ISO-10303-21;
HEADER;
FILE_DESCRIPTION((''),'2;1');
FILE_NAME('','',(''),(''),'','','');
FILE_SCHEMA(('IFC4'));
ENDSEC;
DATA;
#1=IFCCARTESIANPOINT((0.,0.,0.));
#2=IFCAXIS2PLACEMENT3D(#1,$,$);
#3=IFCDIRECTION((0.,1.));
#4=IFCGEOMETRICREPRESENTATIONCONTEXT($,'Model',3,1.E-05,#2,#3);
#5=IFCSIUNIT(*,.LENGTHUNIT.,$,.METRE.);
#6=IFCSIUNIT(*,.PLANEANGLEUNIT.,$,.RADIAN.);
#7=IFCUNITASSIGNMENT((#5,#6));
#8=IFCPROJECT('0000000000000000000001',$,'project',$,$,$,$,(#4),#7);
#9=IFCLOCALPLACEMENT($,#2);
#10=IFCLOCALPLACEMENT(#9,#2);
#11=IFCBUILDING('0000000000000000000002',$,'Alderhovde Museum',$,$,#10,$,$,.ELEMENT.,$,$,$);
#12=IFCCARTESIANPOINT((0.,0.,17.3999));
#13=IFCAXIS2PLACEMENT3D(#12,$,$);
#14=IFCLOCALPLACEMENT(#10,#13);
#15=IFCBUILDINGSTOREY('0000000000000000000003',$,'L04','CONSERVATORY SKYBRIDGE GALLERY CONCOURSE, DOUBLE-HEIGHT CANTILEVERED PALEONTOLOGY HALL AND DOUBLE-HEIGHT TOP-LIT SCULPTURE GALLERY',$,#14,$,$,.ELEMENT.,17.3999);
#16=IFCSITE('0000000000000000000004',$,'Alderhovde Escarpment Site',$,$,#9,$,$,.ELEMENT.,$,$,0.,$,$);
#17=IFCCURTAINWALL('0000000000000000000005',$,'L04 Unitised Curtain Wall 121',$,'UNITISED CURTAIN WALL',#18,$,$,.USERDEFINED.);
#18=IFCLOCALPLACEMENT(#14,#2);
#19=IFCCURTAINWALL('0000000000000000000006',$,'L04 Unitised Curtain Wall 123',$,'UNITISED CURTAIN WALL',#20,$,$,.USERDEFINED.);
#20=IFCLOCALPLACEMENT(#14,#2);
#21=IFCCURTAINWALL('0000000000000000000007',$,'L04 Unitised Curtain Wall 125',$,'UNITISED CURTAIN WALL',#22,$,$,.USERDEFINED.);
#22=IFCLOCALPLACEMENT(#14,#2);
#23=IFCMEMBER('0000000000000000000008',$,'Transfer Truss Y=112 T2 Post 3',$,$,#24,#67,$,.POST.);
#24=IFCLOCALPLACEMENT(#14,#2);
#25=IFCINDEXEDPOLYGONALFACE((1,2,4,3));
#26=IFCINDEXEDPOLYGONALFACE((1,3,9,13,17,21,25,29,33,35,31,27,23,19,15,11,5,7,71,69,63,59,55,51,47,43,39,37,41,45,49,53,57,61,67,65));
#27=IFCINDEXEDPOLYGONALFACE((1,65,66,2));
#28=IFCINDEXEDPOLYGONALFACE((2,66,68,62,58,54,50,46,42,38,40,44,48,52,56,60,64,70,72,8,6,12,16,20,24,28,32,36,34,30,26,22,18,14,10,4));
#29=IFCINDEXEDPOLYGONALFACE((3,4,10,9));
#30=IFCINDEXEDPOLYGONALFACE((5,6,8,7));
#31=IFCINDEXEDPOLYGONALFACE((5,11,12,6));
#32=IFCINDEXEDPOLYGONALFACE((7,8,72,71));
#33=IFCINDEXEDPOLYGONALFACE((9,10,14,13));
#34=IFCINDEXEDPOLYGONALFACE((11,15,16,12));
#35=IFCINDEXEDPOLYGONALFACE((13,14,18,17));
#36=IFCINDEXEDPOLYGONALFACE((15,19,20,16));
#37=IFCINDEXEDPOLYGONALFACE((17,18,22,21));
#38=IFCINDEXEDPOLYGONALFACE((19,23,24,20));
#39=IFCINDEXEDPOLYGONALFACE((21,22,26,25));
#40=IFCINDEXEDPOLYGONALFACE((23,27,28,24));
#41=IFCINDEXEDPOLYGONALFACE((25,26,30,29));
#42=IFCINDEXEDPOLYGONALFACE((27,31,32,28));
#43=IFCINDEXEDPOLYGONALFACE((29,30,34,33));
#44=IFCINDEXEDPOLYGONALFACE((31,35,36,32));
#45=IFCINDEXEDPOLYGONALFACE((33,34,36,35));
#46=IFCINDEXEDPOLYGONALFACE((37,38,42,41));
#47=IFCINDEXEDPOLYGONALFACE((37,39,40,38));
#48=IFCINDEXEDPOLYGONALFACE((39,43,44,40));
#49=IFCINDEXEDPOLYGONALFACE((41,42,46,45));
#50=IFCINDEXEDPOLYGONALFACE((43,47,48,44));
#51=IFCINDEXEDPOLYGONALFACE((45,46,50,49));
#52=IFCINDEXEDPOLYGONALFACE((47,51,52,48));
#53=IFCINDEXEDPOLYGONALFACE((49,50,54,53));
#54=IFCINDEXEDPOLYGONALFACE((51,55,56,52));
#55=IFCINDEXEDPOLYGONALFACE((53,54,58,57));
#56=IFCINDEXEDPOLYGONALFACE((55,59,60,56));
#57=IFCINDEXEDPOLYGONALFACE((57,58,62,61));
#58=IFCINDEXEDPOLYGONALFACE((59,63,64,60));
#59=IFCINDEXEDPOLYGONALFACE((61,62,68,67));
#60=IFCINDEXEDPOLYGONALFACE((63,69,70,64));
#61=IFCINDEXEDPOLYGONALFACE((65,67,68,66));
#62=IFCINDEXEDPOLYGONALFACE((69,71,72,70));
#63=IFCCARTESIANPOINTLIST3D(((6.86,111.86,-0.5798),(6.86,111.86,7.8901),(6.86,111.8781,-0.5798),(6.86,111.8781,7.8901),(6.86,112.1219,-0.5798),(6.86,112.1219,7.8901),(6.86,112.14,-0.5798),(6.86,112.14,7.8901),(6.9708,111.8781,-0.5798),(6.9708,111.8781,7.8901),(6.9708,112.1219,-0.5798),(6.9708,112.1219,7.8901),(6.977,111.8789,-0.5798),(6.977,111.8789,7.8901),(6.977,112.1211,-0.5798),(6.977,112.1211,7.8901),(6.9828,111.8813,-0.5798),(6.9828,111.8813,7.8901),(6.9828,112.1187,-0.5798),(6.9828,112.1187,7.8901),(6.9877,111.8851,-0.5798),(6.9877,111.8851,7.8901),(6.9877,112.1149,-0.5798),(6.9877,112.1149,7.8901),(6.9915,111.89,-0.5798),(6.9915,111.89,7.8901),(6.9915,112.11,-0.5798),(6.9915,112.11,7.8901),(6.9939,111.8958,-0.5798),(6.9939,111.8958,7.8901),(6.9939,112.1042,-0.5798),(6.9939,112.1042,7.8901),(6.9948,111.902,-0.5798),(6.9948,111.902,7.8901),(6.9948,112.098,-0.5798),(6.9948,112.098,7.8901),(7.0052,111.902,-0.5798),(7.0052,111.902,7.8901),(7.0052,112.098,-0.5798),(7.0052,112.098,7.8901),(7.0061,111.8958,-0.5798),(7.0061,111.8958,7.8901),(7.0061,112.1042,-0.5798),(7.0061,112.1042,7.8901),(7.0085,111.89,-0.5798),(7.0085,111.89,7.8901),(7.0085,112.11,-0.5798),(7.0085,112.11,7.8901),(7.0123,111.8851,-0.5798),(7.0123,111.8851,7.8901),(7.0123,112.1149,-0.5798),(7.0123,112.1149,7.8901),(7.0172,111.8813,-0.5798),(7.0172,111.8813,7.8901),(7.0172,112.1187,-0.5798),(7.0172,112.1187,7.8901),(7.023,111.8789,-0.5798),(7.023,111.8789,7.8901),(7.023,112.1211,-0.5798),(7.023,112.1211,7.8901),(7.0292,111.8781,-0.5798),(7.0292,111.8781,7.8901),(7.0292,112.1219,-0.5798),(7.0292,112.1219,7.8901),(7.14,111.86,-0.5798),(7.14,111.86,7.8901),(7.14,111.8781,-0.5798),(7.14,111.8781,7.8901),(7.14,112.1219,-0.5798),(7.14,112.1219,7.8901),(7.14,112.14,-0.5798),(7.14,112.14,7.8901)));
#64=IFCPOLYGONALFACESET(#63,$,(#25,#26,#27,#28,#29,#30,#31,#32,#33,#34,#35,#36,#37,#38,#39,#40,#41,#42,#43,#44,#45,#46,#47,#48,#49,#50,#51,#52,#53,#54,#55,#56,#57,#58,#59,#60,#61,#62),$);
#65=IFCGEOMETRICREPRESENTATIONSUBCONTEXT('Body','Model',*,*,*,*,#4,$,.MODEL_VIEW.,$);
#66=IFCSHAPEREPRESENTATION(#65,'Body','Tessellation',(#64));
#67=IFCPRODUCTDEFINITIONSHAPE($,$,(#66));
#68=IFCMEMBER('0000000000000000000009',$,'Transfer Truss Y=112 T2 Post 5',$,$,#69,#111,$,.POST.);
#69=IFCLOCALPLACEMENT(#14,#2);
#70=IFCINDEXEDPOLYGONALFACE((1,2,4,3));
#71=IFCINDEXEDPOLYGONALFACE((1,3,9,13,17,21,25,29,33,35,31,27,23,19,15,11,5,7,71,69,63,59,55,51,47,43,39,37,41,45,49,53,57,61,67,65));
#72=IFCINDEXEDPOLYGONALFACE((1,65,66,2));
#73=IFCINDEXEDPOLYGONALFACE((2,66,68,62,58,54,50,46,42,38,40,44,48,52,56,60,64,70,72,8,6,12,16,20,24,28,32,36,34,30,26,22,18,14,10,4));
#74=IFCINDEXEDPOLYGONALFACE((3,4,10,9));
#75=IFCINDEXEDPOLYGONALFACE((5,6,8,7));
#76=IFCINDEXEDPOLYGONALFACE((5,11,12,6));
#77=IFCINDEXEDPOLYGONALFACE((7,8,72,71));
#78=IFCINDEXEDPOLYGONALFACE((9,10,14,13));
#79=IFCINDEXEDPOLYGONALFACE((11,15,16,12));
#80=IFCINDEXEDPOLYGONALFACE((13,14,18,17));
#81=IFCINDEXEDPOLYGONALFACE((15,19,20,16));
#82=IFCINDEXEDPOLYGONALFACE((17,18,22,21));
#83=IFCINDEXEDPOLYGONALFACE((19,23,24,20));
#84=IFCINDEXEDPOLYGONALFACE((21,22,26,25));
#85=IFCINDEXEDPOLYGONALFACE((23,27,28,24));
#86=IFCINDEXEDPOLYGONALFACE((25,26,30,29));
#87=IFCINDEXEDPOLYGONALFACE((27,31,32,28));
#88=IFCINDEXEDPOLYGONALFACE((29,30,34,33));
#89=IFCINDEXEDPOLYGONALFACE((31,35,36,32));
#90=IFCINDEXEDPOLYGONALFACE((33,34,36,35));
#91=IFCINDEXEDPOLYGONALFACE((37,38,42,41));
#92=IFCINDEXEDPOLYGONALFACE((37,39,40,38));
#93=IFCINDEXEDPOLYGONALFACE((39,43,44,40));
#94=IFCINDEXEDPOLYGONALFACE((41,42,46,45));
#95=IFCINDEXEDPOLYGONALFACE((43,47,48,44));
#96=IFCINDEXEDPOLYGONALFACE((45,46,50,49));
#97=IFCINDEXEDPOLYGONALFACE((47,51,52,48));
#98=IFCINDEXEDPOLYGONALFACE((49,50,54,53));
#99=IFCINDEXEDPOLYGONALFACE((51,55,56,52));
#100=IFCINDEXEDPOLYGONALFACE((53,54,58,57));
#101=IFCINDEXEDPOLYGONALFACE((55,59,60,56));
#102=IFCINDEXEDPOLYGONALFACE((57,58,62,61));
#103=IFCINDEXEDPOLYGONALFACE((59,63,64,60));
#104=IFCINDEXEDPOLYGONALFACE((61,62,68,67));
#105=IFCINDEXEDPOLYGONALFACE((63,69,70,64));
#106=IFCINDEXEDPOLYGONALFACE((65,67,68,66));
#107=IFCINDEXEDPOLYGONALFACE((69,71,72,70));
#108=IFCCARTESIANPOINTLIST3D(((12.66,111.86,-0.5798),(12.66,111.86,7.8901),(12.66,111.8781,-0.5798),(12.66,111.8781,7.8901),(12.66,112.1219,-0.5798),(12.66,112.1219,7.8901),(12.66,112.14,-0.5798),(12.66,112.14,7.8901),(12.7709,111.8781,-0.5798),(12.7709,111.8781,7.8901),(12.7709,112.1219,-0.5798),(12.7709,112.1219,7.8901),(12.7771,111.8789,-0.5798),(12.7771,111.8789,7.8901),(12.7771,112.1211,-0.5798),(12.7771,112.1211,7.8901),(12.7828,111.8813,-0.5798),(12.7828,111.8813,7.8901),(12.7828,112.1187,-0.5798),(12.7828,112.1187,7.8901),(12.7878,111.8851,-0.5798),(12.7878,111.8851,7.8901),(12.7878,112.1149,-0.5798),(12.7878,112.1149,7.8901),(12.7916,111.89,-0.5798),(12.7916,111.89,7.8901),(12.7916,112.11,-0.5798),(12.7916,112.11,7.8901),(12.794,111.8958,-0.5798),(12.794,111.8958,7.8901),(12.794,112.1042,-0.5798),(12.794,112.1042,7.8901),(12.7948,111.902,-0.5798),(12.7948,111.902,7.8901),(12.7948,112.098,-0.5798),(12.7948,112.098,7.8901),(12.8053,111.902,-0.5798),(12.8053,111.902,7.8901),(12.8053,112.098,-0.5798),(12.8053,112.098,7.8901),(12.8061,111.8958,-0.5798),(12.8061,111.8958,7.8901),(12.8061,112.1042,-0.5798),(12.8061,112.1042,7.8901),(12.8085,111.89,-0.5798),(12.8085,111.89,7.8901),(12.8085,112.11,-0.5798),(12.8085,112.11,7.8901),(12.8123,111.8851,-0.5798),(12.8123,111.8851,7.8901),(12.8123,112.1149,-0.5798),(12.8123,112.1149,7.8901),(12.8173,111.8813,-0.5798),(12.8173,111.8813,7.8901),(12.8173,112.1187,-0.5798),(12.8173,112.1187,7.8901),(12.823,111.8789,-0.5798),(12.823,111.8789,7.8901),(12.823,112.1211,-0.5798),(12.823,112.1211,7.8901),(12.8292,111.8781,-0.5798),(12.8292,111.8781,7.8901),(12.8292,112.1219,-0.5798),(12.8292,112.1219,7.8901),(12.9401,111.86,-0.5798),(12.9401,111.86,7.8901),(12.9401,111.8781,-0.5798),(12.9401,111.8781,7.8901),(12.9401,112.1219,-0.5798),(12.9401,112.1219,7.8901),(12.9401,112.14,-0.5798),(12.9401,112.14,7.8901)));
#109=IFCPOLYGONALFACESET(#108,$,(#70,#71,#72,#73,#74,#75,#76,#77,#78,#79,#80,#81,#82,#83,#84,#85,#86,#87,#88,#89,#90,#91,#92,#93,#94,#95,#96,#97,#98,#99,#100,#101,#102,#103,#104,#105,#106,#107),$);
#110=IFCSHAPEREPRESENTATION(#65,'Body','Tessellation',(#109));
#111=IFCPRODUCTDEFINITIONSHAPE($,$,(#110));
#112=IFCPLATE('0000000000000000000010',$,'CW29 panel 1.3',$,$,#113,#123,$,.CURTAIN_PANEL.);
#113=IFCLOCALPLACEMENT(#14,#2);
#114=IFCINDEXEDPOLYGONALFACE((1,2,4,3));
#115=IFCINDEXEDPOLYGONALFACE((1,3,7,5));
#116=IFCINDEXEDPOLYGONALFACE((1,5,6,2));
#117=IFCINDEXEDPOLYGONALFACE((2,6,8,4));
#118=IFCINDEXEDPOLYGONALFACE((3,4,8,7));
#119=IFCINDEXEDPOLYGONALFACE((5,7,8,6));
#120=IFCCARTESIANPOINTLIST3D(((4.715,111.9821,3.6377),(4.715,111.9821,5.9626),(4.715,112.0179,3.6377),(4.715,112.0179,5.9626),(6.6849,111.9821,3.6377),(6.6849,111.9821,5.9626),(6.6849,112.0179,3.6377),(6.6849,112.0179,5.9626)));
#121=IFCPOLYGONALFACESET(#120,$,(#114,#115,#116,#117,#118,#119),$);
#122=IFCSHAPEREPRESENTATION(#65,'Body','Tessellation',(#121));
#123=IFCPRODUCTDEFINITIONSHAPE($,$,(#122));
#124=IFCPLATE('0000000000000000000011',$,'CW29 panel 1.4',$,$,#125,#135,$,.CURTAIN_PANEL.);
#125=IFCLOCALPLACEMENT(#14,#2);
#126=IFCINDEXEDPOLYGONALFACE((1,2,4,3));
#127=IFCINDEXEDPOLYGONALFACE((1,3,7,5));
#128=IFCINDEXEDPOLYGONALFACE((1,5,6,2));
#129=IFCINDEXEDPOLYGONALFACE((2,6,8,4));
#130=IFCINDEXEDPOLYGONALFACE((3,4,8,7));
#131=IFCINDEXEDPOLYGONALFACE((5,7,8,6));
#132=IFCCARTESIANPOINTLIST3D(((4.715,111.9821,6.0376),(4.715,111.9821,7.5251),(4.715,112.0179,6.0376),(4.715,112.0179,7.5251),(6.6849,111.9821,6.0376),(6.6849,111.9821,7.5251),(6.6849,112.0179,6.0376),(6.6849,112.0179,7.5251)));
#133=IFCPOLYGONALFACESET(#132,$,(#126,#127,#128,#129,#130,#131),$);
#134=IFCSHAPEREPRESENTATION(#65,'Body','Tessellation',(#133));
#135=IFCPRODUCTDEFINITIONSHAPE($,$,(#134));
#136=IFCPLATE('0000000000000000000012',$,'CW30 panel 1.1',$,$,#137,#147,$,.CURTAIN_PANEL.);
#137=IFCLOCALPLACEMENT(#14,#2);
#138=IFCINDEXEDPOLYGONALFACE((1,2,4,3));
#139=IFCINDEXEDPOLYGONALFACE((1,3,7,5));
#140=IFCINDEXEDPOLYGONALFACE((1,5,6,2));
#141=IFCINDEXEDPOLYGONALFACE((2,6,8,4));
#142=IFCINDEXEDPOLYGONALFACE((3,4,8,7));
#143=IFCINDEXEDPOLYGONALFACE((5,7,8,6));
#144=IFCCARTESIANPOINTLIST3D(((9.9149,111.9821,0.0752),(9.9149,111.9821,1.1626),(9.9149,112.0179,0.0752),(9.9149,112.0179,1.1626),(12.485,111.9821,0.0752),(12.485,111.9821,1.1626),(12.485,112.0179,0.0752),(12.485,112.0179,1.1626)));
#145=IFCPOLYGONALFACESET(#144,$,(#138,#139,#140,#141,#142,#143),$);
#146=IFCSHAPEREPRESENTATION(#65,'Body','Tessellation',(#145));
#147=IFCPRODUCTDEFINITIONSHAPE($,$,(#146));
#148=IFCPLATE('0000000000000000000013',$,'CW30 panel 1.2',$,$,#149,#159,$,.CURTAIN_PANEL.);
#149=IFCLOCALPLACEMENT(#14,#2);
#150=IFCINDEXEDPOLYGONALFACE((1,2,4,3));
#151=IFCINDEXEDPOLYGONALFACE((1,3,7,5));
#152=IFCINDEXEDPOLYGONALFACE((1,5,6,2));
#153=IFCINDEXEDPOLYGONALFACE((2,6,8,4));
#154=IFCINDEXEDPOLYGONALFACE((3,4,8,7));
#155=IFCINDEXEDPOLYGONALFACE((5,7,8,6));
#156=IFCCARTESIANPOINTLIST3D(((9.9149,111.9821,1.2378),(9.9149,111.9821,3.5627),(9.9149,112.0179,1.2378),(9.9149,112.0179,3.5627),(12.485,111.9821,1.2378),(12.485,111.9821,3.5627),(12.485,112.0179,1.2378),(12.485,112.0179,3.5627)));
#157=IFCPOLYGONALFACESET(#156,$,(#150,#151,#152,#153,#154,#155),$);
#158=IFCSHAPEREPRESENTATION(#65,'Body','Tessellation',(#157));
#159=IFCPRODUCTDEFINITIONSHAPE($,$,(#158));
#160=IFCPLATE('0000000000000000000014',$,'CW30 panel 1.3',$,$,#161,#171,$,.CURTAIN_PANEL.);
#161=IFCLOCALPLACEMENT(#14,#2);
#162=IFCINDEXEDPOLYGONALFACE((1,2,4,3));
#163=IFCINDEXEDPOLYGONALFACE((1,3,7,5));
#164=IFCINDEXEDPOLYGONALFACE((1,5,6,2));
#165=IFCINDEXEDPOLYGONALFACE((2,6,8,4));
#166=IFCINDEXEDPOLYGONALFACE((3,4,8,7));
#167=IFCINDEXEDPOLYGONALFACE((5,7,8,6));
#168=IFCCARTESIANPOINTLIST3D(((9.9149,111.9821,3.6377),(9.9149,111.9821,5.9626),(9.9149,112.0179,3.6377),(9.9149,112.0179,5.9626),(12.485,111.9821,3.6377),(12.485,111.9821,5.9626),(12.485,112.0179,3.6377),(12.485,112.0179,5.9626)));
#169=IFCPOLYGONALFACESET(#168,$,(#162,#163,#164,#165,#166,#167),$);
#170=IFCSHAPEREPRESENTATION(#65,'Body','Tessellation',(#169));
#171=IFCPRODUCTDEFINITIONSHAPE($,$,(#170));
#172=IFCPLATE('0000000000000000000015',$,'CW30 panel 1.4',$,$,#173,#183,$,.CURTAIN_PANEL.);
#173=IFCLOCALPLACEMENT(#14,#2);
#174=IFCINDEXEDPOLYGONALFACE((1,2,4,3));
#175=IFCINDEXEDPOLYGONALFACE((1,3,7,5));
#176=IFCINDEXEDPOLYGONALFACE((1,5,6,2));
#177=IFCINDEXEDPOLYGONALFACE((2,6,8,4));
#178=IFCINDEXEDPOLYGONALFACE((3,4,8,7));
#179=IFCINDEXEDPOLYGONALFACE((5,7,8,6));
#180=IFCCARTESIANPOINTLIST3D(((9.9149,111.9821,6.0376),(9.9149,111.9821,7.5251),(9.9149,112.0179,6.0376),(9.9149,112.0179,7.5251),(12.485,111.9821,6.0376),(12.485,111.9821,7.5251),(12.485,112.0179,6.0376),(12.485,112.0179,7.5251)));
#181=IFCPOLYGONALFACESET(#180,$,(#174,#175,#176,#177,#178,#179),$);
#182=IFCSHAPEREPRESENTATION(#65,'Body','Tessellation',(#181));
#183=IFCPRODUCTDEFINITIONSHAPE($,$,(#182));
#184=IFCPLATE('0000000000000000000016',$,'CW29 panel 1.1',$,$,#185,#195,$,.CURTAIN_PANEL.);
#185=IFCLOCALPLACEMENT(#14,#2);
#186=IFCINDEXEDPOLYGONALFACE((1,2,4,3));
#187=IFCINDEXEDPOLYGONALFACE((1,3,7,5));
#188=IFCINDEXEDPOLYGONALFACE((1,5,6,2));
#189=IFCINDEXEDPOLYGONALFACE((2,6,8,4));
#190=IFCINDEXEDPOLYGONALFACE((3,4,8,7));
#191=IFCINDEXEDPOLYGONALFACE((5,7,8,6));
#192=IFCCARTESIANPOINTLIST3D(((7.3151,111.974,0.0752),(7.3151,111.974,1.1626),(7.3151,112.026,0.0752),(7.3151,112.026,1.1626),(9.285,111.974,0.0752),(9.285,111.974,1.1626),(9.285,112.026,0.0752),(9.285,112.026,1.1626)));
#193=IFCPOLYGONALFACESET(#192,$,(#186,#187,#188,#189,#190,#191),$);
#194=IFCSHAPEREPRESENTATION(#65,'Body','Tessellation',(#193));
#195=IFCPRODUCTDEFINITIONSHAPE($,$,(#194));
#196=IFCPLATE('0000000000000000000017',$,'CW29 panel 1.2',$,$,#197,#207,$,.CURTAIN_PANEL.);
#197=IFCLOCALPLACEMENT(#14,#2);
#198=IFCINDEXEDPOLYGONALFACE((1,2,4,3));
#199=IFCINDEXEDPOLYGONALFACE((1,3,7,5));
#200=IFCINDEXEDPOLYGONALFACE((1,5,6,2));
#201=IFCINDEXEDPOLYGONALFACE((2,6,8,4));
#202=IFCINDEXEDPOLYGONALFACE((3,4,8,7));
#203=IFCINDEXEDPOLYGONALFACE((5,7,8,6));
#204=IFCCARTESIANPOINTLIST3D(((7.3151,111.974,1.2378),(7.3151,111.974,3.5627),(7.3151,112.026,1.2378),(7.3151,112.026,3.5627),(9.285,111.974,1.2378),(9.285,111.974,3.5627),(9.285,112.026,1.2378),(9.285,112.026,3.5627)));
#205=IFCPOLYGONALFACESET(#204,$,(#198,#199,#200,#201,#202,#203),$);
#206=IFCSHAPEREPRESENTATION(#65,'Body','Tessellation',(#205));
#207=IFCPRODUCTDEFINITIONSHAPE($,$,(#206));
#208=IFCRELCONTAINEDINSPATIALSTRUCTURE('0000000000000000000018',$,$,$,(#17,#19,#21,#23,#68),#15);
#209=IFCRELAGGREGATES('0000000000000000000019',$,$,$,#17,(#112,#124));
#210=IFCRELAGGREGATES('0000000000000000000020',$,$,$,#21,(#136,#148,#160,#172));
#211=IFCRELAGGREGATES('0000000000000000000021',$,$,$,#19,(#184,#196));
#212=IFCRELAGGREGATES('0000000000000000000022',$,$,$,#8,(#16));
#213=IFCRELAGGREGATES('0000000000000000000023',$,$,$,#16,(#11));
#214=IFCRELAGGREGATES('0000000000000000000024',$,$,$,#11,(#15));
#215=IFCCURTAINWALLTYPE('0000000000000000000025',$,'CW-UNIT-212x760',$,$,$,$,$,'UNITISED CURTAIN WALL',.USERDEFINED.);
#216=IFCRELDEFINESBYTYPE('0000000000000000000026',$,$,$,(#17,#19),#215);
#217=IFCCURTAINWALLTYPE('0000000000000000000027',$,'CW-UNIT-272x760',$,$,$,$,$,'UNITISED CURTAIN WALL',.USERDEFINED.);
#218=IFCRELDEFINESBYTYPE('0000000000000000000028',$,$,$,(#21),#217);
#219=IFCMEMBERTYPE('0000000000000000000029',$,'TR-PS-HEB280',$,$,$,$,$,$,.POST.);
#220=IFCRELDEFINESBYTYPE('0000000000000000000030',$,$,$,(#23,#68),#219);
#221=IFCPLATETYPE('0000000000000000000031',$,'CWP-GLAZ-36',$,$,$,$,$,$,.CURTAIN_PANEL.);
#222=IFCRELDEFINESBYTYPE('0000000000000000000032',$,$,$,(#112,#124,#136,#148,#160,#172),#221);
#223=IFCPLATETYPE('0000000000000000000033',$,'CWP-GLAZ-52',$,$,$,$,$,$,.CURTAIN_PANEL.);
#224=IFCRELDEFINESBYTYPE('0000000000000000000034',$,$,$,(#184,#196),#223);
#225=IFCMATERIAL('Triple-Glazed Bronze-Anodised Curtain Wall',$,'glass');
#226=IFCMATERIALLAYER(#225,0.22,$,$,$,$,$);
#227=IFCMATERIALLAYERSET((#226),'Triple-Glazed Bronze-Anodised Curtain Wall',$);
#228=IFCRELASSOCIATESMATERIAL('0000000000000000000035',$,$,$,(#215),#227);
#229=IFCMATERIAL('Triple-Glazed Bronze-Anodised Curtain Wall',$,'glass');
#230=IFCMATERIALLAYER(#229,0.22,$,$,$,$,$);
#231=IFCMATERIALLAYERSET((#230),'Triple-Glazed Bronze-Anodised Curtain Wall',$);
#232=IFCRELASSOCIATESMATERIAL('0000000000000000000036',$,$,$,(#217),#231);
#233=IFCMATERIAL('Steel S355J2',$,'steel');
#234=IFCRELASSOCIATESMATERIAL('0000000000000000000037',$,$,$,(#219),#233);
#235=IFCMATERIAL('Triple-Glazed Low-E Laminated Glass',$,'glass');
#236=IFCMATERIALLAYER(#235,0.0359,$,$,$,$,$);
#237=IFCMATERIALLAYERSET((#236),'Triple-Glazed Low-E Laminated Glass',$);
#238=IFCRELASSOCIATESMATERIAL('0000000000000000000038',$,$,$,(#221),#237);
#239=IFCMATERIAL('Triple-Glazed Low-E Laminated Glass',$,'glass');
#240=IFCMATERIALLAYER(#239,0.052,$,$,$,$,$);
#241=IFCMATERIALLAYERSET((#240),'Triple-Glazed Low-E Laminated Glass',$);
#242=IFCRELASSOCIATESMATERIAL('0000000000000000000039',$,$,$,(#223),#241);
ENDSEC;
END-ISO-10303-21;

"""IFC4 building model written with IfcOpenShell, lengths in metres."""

from ifc_helpers import new_model, si_unit, direction, frame, origin, origin_2d, place, context, subcontext, project, spatial, rectangle, i_section, extrude, material, layer, layer_set, material_profile, profile_set, type_object, element, aggregate, save


model = new_model("IFC4")

# Units and contexts
model_context = context("Model", 3, precision=1e-05, world=origin(), true_north=direction((0.0, 1.0)))
body_context = subcontext(model_context, "Body", "Model", "MODEL_VIEW")
ifc_project = project(units=[si_unit("LENGTHUNIT", "METRE"), si_unit("PLANEANGLEUNIT", "RADIAN")], contexts=[model_context])

# Site, building, storey
site_placement = place(None, origin())
site = spatial("IfcSite", under=ifc_project, at=site_placement, Name="Alderhovde Escarpment Site", CompositionType="ELEMENT", RefElevation=0.0)
building_placement = place(site_placement, origin())
building = spatial("IfcBuilding", under=site, at=building_placement, Name="Alderhovde Museum", CompositionType="ELEMENT")
storey_placement = place(building_placement, frame((0.0, 0.0, 17.3999)))
storey = spatial("IfcBuildingStorey", under=building, at=storey_placement, Name="L04", Description="CONSERVATORY SKYBRIDGE GALLERY CONCOURSE, DOUBLE-HEIGHT CANTILEVERED PALEONTOLOGY HALL AND DOUBLE-HEIGHT TOP-LIT SCULPTURE GALLERY", CompositionType="ELEMENT", Elevation=17.3999)

# Curtain wall
ifc_material_1 = material(Name="Triple-Glazed Bronze-Anodised Curtain Wall", Category="glass")
ifc_layer_1 = layer(ifc_material_1, 0.22)
ifc_layer_set_1 = layer_set([ifc_layer_1], Name="Triple-Glazed Bronze-Anodised Curtain Wall")
curtain_wall_type_1 = type_object("IfcCurtainWallType", Name="CW-UNIT-212x760", ElementType="UNITISED CURTAIN WALL", PredefinedType="USERDEFINED", material=ifc_layer_set_1)
curtain_wall_1_placement = place(storey_placement, origin())
curtain_wall_1 = element("IfcCurtainWall", 1, at=curtain_wall_1_placement, inside=storey, type_object=curtain_wall_type_1, Name="L04 Unitised Curtain Wall 121", ObjectType="UNITISED CURTAIN WALL", PredefinedType="USERDEFINED")

# Curtain walls
curtain_wall_2_placement = place(storey_placement, origin())
curtain_wall_2 = element("IfcCurtainWall", 2, at=curtain_wall_2_placement, inside=storey, type_object=curtain_wall_type_1, Name="L04 Unitised Curtain Wall 123", ObjectType="UNITISED CURTAIN WALL", PredefinedType="USERDEFINED")
ifc_material_2 = material(Name="Triple-Glazed Bronze-Anodised Curtain Wall", Category="glass")
ifc_layer_2 = layer(ifc_material_2, 0.22)
ifc_layer_set_2 = layer_set([ifc_layer_2], Name="Triple-Glazed Bronze-Anodised Curtain Wall")
curtain_wall_type_2 = type_object("IfcCurtainWallType", Name="CW-UNIT-272x760", ElementType="UNITISED CURTAIN WALL", PredefinedType="USERDEFINED", material=ifc_layer_set_2)
curtain_wall_3_placement = place(storey_placement, origin())
curtain_wall_3 = element("IfcCurtainWall", 3, at=curtain_wall_3_placement, inside=storey, type_object=curtain_wall_type_2, Name="L04 Unitised Curtain Wall 125", ObjectType="UNITISED CURTAIN WALL", PredefinedType="USERDEFINED")

# Members
ifc_material_3 = material(Name="Steel S355J2", Category="steel")
ifc_material_profile_1 = material_profile(ifc_material_3, i_section(OverallWidth=0.28, OverallDepth=0.28, WebThickness=0.0105, FlangeThickness=0.0181, FilletRadius=0.0239, at=origin_2d()), Name="HEB 280")
ifc_profile_set_1 = profile_set([ifc_material_profile_1], Name="Steel S355J2")
member_type_1 = type_object("IfcMemberType", Name="TR-PS-HEB280", PredefinedType="POST", material=ifc_profile_set_1)
for number, where, z_axis, x_axis, name in (
    (4, (7.0, 112.0, -0.5798), (0.0, 0.0, 1.0), (1.0, 0.0, 0.0), "Transfer Truss Y=112 T2 Post 3"),
    (5, (12.8, 112.0, -0.5798), (0.0, 0.0, 1.0), (1.0, 0.0, 0.0), "Transfer Truss Y=112 T2 Post 5"),
):
    element("IfcMember", number, at=place(storey_placement, frame(where, z_axis=z_axis, x_axis=x_axis)), inside=storey, type_object=member_type_1, Name=name, PredefinedType="POST", context=body_context, shape_type="SweptSolid", body=[
        extrude(i_section(OverallWidth=0.28, OverallDepth=0.28, WebThickness=0.0105, FlangeThickness=0.0181, FilletRadius=0.0239, at=origin_2d()), origin(), (0.0, 0.0, 1.0), 8.47),
    ])

# Plates
ifc_material_4 = material(Name="Triple-Glazed Low-E Laminated Glass", Category="glass")
ifc_layer_3 = layer(ifc_material_4, 0.0359)
ifc_layer_set_3 = layer_set([ifc_layer_3], Name="Triple-Glazed Low-E Laminated Glass")
plate_type_1 = type_object("IfcPlateType", Name="CWP-GLAZ-36", PredefinedType="CURTAIN_PANEL", material=ifc_layer_set_3)
plate_1_placement = place(storey_placement, frame((5.7, 112.0, 3.6377), z_axis=(0.0, 0.0, 1.0), x_axis=(1.0, 0.0, 0.0)))
plate_1 = element("IfcPlate", 6, at=plate_1_placement, type_object=plate_type_1, Name="CW29 panel 1.3", PredefinedType="CURTAIN_PANEL", context=body_context, shape_type="SweptSolid", body=[
    extrude(rectangle(XDim=1.97, YDim=0.0359, at=origin_2d()), origin(), (0.0, 0.0, 1.0), 2.325),
])
plate_2_placement = place(storey_placement, frame((5.7, 112.0, 6.0376), z_axis=(0.0, 0.0, 1.0), x_axis=(1.0, 0.0, 0.0)))
plate_2 = element("IfcPlate", 7, at=plate_2_placement, type_object=plate_type_1, Name="CW29 panel 1.4", PredefinedType="CURTAIN_PANEL", context=body_context, shape_type="SweptSolid", body=[
    extrude(rectangle(XDim=1.97, YDim=0.0359, at=origin_2d()), origin(), (0.0, 0.0, 1.0), 1.4875),
])
aggregate(curtain_wall_1, [plate_1, plate_2])
plate_3_placement = place(storey_placement, frame((11.2, 112.0, 0.0752), z_axis=(0.0, 0.0, 1.0), x_axis=(1.0, 0.0, 0.0)))
plate_3 = element("IfcPlate", 8, at=plate_3_placement, type_object=plate_type_1, Name="CW30 panel 1.1", PredefinedType="CURTAIN_PANEL", context=body_context, shape_type="SweptSolid", body=[
    extrude(rectangle(XDim=2.5701, YDim=0.0359, at=origin_2d()), origin(), (0.0, 0.0, 1.0), 1.0874),
])
plate_4_placement = place(storey_placement, frame((11.2, 112.0, 1.2378), z_axis=(0.0, 0.0, 1.0), x_axis=(1.0, 0.0, 0.0)))
plate_4 = element("IfcPlate", 9, at=plate_4_placement, type_object=plate_type_1, Name="CW30 panel 1.2", PredefinedType="CURTAIN_PANEL", context=body_context, shape_type="SweptSolid", body=[
    extrude(rectangle(XDim=2.5701, YDim=0.0359, at=origin_2d()), origin(), (0.0, 0.0, 1.0), 2.325),
])
plate_5_placement = place(storey_placement, frame((11.2, 112.0, 3.6377), z_axis=(0.0, 0.0, 1.0), x_axis=(1.0, 0.0, 0.0)))
plate_5 = element("IfcPlate", 10, at=plate_5_placement, type_object=plate_type_1, Name="CW30 panel 1.3", PredefinedType="CURTAIN_PANEL", context=body_context, shape_type="SweptSolid", body=[
    extrude(rectangle(XDim=2.5701, YDim=0.0359, at=origin_2d()), origin(), (0.0, 0.0, 1.0), 2.325),
])
plate_6_placement = place(storey_placement, frame((11.2, 112.0, 6.0376), z_axis=(0.0, 0.0, 1.0), x_axis=(1.0, 0.0, 0.0)))
plate_6 = element("IfcPlate", 11, at=plate_6_placement, type_object=plate_type_1, Name="CW30 panel 1.4", PredefinedType="CURTAIN_PANEL", context=body_context, shape_type="SweptSolid", body=[
    extrude(rectangle(XDim=2.5701, YDim=0.0359, at=origin_2d()), origin(), (0.0, 0.0, 1.0), 1.4875),
])
aggregate(curtain_wall_3, [plate_3, plate_4, plate_5, plate_6])
ifc_material_5 = material(Name="Triple-Glazed Low-E Laminated Glass", Category="glass")
ifc_layer_4 = layer(ifc_material_5, 0.052)
ifc_layer_set_4 = layer_set([ifc_layer_4], Name="Triple-Glazed Low-E Laminated Glass")
plate_type_2 = type_object("IfcPlateType", Name="CWP-GLAZ-52", PredefinedType="CURTAIN_PANEL", material=ifc_layer_set_4)
plate_7_placement = place(storey_placement, frame((8.3, 112.0, 0.0752), z_axis=(0.0, 0.0, 1.0), x_axis=(1.0, 0.0, 0.0)))
plate_7 = element("IfcPlate", 12, at=plate_7_placement, type_object=plate_type_2, Name="CW29 panel 1.1", PredefinedType="CURTAIN_PANEL", context=body_context, shape_type="SweptSolid", body=[
    extrude(rectangle(XDim=1.97, YDim=0.052, at=origin_2d()), origin(), (0.0, 0.0, 1.0), 1.0874),
])
plate_8_placement = place(storey_placement, frame((8.3, 112.0, 1.2378), z_axis=(0.0, 0.0, 1.0), x_axis=(1.0, 0.0, 0.0)))
plate_8 = element("IfcPlate", 13, at=plate_8_placement, type_object=plate_type_2, Name="CW29 panel 1.2", PredefinedType="CURTAIN_PANEL", context=body_context, shape_type="SweptSolid", body=[
    extrude(rectangle(XDim=1.97, YDim=0.052, at=origin_2d()), origin(), (0.0, 0.0, 1.0), 2.325),
])
aggregate(curtain_wall_2, [plate_7, plate_8])

save(model, "model.ifc")
